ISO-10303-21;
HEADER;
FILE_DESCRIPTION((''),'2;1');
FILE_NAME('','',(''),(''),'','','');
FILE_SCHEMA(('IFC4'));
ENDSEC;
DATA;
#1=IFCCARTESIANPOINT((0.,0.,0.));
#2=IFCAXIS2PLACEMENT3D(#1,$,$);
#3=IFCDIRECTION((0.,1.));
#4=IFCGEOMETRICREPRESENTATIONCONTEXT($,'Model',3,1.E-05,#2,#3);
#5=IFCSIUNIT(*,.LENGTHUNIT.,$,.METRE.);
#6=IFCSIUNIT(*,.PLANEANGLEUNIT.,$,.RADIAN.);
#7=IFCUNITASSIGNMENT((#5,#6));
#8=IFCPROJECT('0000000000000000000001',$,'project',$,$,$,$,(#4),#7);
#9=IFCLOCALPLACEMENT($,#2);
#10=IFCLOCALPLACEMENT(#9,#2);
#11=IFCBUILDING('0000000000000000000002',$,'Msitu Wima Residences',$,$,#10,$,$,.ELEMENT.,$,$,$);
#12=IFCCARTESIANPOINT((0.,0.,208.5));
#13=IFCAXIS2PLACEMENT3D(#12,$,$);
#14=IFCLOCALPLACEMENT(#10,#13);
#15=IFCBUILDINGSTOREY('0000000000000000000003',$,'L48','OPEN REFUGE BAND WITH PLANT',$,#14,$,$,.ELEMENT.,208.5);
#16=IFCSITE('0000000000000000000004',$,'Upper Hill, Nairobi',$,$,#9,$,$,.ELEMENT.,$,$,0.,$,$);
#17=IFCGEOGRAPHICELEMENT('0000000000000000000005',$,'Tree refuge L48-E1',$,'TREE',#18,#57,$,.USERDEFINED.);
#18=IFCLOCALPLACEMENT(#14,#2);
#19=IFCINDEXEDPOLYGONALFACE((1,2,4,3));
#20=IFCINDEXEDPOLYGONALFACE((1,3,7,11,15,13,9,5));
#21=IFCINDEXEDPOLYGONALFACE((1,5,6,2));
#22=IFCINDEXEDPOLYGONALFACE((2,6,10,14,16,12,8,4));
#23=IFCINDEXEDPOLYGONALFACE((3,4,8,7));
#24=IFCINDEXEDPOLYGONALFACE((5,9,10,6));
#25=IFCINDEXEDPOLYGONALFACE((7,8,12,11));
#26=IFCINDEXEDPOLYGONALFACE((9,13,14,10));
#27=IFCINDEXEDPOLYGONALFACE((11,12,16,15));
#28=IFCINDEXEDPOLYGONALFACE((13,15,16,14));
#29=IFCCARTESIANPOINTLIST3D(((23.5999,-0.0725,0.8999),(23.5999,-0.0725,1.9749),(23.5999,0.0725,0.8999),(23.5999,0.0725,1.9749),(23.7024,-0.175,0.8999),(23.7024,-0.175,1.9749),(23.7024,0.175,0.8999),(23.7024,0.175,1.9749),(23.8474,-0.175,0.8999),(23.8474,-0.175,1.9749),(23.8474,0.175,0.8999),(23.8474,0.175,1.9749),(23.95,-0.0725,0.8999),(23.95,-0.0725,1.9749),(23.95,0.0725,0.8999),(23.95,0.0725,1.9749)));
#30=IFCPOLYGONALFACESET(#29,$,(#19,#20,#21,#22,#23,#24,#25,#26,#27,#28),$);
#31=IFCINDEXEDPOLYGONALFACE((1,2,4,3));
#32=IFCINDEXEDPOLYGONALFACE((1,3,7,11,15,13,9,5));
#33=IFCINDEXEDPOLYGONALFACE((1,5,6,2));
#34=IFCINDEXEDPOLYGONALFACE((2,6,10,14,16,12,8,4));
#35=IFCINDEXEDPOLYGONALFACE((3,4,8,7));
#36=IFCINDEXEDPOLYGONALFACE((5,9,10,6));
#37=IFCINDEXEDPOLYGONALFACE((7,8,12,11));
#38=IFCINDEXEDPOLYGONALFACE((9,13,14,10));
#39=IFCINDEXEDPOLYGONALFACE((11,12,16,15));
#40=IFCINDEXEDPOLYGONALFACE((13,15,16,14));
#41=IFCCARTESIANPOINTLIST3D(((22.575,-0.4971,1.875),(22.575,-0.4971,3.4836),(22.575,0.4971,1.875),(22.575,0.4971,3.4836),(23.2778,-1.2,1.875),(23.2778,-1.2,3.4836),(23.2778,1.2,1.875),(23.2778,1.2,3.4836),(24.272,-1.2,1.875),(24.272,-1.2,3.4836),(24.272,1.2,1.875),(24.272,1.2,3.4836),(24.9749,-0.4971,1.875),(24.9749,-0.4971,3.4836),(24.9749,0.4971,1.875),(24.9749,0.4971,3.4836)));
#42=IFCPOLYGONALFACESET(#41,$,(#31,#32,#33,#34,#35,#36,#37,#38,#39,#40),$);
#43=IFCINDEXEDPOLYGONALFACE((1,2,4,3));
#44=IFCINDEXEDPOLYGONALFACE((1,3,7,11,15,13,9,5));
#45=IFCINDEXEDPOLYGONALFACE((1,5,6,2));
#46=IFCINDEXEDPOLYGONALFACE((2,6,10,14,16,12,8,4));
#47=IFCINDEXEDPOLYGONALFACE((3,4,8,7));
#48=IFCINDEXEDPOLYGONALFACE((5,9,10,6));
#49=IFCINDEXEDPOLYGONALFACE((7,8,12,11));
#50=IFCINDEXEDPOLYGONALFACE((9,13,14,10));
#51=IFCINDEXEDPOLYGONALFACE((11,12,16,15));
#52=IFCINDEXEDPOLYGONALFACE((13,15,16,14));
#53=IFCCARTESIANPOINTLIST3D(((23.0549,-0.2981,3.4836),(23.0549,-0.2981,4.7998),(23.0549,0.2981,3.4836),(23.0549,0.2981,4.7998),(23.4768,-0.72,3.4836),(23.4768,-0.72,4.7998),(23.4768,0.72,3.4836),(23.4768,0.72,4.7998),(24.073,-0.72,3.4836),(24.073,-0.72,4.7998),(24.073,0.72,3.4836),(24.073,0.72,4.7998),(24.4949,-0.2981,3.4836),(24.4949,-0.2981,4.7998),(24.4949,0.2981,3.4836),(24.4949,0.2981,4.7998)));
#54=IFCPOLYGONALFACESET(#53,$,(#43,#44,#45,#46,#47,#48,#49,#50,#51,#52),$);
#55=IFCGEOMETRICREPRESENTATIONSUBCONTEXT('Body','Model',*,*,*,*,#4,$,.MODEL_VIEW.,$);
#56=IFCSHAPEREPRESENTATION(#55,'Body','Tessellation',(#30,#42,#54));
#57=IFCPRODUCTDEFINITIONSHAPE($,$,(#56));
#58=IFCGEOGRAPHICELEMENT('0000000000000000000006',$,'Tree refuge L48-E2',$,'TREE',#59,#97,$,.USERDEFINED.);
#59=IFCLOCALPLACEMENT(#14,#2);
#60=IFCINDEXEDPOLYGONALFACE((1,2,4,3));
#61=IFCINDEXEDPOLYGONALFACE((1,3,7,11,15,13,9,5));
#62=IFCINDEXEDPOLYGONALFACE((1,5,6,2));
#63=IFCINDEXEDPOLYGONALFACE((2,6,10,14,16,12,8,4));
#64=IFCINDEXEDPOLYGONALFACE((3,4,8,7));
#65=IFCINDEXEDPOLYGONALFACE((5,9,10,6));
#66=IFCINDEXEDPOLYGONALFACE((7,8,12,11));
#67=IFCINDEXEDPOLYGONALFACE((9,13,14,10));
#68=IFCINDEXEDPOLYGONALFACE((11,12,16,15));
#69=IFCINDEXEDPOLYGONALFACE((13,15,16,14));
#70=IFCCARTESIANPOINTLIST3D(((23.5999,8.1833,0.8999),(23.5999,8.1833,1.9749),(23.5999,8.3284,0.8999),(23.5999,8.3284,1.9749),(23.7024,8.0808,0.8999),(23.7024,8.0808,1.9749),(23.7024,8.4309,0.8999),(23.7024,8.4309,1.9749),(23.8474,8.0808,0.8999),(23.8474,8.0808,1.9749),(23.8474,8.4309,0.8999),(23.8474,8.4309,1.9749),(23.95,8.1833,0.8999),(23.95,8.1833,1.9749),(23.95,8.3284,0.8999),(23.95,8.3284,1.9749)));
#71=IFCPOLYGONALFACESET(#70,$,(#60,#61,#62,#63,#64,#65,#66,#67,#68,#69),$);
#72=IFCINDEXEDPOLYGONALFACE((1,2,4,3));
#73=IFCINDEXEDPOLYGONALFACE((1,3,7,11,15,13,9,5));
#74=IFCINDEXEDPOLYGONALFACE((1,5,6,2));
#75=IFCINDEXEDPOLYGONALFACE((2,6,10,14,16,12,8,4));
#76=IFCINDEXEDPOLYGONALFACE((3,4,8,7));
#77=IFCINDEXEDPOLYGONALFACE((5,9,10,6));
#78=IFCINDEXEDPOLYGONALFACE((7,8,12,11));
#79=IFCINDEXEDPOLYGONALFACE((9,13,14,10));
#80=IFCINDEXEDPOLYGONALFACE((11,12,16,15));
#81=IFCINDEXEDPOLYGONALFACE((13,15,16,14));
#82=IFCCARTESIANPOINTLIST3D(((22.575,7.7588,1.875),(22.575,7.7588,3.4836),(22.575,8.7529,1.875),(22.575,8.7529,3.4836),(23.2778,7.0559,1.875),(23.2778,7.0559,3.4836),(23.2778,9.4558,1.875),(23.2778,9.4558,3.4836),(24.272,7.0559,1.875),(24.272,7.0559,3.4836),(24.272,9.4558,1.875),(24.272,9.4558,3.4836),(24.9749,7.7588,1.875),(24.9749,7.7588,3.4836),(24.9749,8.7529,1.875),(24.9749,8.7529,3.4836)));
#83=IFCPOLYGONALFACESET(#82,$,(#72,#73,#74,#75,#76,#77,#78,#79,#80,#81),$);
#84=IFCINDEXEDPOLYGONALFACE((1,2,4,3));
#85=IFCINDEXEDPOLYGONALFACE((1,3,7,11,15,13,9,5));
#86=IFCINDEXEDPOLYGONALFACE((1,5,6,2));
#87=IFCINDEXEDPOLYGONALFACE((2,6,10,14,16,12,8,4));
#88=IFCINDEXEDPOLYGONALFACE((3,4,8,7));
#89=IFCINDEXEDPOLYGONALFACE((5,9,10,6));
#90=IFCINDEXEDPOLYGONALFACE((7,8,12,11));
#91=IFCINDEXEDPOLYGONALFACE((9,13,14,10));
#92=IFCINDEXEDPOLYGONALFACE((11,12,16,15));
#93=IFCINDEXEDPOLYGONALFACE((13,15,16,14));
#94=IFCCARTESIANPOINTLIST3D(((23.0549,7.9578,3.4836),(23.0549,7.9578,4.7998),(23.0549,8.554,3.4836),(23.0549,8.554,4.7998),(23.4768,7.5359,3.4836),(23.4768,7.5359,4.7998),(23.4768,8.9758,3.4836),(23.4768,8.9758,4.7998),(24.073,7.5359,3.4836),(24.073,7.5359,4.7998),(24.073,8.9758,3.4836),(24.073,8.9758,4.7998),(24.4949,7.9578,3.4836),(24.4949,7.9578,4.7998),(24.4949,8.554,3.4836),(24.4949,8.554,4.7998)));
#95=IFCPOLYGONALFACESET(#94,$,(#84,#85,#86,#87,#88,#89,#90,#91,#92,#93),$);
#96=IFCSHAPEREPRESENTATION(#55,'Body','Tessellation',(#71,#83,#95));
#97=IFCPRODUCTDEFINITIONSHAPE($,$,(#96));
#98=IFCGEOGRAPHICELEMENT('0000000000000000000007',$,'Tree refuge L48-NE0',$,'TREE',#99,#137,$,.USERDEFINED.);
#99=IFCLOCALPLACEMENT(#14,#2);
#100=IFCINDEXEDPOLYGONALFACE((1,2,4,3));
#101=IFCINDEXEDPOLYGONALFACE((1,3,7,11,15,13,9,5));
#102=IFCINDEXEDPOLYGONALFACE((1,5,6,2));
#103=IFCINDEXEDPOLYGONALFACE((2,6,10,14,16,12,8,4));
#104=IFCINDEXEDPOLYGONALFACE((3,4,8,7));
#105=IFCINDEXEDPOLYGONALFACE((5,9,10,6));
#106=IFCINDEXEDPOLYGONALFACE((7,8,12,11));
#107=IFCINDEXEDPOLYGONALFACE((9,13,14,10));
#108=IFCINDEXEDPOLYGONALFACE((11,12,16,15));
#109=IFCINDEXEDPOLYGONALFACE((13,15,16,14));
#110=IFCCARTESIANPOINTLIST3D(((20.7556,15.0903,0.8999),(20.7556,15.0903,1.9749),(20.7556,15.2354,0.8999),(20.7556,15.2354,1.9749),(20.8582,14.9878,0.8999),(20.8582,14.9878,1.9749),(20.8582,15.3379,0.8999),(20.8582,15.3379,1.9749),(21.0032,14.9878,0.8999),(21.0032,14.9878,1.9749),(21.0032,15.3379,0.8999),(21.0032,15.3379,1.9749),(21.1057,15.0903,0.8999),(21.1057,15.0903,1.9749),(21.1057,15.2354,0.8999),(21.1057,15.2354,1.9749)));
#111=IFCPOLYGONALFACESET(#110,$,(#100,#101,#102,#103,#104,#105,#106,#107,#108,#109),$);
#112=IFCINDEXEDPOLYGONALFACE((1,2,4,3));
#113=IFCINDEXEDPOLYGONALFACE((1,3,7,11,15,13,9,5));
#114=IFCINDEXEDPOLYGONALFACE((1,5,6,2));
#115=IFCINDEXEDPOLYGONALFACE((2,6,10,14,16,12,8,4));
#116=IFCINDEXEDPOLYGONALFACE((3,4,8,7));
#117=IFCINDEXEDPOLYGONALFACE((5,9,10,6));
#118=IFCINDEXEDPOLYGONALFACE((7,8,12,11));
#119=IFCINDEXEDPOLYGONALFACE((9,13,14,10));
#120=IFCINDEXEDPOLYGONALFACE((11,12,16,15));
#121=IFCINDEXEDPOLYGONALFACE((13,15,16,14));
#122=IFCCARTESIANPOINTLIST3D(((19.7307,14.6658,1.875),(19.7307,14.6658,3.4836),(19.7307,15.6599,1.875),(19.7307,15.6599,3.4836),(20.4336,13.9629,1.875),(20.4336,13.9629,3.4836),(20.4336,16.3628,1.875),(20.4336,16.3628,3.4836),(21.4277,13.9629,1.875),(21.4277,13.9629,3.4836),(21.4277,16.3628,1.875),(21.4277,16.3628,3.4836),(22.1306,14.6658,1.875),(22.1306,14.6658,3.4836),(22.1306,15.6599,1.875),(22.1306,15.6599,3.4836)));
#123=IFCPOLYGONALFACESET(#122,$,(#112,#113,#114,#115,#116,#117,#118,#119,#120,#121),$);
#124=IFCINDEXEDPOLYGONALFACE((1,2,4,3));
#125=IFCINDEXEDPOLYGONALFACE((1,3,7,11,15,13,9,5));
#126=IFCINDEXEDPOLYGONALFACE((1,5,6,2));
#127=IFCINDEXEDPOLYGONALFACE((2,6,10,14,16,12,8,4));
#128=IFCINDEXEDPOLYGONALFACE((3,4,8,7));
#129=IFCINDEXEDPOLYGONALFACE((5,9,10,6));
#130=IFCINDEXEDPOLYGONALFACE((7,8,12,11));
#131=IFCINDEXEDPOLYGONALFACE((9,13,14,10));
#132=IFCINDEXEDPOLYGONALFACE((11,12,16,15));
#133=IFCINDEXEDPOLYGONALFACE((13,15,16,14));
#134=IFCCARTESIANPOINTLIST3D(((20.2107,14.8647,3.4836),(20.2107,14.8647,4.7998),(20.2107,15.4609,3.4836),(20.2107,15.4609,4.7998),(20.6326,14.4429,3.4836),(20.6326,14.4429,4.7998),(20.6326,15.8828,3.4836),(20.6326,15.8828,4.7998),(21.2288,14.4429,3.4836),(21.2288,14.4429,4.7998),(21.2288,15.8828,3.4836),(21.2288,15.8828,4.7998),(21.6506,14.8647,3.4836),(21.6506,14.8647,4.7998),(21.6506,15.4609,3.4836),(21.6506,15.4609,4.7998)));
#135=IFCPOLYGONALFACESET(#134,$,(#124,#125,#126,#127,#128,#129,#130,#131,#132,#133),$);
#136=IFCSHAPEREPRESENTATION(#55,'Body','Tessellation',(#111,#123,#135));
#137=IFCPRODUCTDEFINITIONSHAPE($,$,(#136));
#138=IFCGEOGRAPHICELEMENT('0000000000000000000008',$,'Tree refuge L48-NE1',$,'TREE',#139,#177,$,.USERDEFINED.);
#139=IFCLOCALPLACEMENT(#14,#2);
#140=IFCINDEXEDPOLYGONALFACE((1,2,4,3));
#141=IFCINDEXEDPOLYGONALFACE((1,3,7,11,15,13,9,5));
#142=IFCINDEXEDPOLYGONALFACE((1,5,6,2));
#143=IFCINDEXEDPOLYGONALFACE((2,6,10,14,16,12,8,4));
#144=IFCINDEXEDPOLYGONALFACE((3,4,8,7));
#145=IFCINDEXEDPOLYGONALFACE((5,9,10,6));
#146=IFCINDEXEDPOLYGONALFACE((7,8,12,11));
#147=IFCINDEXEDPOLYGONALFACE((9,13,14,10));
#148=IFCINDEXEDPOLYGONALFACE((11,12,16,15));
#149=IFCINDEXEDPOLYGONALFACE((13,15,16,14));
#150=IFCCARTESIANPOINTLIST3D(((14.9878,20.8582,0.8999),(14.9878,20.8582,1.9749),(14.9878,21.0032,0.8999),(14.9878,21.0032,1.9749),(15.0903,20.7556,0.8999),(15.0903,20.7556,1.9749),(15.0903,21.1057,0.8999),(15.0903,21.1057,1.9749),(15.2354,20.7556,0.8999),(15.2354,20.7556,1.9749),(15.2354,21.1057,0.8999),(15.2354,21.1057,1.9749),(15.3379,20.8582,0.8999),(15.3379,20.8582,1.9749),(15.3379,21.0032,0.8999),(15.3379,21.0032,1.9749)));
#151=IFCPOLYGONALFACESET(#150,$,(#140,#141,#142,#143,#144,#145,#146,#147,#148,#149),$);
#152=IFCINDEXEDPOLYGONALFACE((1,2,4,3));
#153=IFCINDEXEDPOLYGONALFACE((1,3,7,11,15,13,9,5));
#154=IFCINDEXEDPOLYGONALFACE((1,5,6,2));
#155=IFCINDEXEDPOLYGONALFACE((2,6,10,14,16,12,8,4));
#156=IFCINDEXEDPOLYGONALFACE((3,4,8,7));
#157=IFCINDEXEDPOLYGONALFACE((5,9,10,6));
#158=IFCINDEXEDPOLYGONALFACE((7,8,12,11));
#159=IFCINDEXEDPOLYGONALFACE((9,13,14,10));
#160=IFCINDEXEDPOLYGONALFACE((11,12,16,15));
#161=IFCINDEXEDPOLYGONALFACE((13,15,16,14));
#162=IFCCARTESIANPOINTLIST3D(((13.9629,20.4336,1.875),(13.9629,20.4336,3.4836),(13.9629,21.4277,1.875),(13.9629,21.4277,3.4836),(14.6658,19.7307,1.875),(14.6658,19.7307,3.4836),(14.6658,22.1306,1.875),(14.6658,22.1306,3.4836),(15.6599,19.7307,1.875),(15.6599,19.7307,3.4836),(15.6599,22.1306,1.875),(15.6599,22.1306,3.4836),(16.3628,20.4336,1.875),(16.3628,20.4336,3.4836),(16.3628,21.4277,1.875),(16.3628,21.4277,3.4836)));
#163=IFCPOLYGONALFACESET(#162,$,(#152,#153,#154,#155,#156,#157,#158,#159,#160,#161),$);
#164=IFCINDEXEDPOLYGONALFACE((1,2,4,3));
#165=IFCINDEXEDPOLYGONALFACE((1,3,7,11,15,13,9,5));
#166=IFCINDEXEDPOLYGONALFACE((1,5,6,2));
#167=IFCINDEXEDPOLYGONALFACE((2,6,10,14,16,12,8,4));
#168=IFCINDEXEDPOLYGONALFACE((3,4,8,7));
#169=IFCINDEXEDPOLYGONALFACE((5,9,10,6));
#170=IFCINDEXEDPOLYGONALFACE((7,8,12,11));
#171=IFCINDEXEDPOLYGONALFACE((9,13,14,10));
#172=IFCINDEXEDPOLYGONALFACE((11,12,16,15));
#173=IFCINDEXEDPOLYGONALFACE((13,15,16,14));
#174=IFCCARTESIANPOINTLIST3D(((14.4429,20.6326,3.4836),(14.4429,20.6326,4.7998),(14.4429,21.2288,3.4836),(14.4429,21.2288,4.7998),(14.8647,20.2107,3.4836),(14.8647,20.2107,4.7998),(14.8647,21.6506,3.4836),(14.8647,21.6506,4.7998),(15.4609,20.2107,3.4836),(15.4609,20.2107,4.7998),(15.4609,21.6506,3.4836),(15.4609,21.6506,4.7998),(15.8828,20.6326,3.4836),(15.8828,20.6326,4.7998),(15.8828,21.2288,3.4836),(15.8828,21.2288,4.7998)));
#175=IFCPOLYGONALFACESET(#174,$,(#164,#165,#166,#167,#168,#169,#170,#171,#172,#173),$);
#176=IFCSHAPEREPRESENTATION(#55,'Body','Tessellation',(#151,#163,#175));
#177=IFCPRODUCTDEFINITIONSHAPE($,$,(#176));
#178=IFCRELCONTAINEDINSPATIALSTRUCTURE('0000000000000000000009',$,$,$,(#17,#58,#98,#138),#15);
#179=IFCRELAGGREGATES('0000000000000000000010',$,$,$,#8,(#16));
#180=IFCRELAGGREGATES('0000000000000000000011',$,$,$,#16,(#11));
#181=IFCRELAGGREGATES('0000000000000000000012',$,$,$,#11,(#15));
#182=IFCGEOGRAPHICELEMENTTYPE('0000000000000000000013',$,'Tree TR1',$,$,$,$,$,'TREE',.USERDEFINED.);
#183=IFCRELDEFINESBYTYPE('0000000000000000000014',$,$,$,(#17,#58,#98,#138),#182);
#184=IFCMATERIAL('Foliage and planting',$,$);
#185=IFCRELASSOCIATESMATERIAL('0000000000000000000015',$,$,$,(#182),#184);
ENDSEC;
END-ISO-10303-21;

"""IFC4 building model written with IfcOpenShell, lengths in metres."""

from ifc_helpers import new_model, si_unit, direction, frame, origin, place, context, subcontext, project, spatial, polyline, outline, extrude, material, type_object, element, save


model = new_model("IFC4")

# Units and contexts
model_context = context("Model", 3, precision=1e-05, world=origin(), true_north=direction((0.0, 1.0)))
body_context = subcontext(model_context, "Body", "Model", "MODEL_VIEW")
ifc_project = project(units=[si_unit("LENGTHUNIT", "METRE"), si_unit("PLANEANGLEUNIT", "RADIAN")], contexts=[model_context])

# Site, building, storey
site_placement = place(None, origin())
site = spatial("IfcSite", under=ifc_project, at=site_placement, Name="Upper Hill, Nairobi", CompositionType="ELEMENT", RefElevation=0.0)
building_placement = place(site_placement, origin())
building = spatial("IfcBuilding", under=site, at=building_placement, Name="Msitu Wima Residences", CompositionType="ELEMENT")
storey_placement = place(building_placement, frame((0.0, 0.0, 208.5)))
storey = spatial("IfcBuildingStorey", under=building, at=storey_placement, Name="L48", Description="OPEN REFUGE BAND WITH PLANT", CompositionType="ELEMENT", Elevation=208.5)

# Geographic elements
ifc_material_1 = material(Name="Foliage and planting")
geographic_element_type = type_object("IfcGeographicElementType", Name="Tree TR1", ElementType="TREE", PredefinedType="USERDEFINED", material=ifc_material_1)
for number, where, z_axis, x_axis, name in (
    (1, (23.7749, 0.0, 0.8999), (0.0, 0.0, 1.0), (1.0, 0.0, 0.0), "Tree refuge L48-E1"),
    (2, (23.7749, 8.2559, 0.8999), (0.0, 0.0, 1.0), (1.0, 0.0, 0.0), "Tree refuge L48-E2"),
    (3, (20.9307, 15.1628, 0.8999), (0.0, 0.0, 1.0), (1.0, 0.0, 0.0), "Tree refuge L48-NE0"),
    (4, (15.1628, 20.9307, 0.8999), (0.0, 0.0, 1.0), (1.0, 0.0, 0.0), "Tree refuge L48-NE1"),
):
    element("IfcGeographicElement", number, at=place(storey_placement, frame(where, z_axis=z_axis, x_axis=x_axis)), inside=storey, type_object=geographic_element_type, Name=name, ObjectType="TREE", PredefinedType="USERDEFINED", context=body_context, shape_type="SweptSolid", body=[
        extrude(outline(polyline([(0.175, 0.0725), (0.0725, 0.175), (-0.0725, 0.175), (-0.175, 0.0725), (-0.175, -0.0725), (-0.0725, -0.175), (0.0725, -0.175), (0.175, -0.0725), (0.175, 0.0725)])), origin(), (0.0, 0.0, 1.0), 1.075),
        extrude(outline(polyline([(1.2, 0.4971), (0.4971, 1.2), (-0.4971, 1.2), (-1.2, 0.4971), (-1.2, -0.4971), (-0.4971, -1.2), (0.4971, -1.2), (1.2, -0.4971), (1.2, 0.4971)])), frame((0.0, 0.0, 0.9751)), (0.0, 0.0, 1.0), 1.6086),
        extrude(outline(polyline([(0.72, 0.2981), (0.2981, 0.72), (-0.2981, 0.72), (-0.72, 0.2981), (-0.72, -0.2981), (-0.2981, -0.72), (0.2981, -0.72), (0.72, -0.2981), (0.72, 0.2981)])), frame((0.0, 0.0, 2.5837)), (0.0, 0.0, 1.0), 1.3162),
    ])

save(model, "model.ifc")
